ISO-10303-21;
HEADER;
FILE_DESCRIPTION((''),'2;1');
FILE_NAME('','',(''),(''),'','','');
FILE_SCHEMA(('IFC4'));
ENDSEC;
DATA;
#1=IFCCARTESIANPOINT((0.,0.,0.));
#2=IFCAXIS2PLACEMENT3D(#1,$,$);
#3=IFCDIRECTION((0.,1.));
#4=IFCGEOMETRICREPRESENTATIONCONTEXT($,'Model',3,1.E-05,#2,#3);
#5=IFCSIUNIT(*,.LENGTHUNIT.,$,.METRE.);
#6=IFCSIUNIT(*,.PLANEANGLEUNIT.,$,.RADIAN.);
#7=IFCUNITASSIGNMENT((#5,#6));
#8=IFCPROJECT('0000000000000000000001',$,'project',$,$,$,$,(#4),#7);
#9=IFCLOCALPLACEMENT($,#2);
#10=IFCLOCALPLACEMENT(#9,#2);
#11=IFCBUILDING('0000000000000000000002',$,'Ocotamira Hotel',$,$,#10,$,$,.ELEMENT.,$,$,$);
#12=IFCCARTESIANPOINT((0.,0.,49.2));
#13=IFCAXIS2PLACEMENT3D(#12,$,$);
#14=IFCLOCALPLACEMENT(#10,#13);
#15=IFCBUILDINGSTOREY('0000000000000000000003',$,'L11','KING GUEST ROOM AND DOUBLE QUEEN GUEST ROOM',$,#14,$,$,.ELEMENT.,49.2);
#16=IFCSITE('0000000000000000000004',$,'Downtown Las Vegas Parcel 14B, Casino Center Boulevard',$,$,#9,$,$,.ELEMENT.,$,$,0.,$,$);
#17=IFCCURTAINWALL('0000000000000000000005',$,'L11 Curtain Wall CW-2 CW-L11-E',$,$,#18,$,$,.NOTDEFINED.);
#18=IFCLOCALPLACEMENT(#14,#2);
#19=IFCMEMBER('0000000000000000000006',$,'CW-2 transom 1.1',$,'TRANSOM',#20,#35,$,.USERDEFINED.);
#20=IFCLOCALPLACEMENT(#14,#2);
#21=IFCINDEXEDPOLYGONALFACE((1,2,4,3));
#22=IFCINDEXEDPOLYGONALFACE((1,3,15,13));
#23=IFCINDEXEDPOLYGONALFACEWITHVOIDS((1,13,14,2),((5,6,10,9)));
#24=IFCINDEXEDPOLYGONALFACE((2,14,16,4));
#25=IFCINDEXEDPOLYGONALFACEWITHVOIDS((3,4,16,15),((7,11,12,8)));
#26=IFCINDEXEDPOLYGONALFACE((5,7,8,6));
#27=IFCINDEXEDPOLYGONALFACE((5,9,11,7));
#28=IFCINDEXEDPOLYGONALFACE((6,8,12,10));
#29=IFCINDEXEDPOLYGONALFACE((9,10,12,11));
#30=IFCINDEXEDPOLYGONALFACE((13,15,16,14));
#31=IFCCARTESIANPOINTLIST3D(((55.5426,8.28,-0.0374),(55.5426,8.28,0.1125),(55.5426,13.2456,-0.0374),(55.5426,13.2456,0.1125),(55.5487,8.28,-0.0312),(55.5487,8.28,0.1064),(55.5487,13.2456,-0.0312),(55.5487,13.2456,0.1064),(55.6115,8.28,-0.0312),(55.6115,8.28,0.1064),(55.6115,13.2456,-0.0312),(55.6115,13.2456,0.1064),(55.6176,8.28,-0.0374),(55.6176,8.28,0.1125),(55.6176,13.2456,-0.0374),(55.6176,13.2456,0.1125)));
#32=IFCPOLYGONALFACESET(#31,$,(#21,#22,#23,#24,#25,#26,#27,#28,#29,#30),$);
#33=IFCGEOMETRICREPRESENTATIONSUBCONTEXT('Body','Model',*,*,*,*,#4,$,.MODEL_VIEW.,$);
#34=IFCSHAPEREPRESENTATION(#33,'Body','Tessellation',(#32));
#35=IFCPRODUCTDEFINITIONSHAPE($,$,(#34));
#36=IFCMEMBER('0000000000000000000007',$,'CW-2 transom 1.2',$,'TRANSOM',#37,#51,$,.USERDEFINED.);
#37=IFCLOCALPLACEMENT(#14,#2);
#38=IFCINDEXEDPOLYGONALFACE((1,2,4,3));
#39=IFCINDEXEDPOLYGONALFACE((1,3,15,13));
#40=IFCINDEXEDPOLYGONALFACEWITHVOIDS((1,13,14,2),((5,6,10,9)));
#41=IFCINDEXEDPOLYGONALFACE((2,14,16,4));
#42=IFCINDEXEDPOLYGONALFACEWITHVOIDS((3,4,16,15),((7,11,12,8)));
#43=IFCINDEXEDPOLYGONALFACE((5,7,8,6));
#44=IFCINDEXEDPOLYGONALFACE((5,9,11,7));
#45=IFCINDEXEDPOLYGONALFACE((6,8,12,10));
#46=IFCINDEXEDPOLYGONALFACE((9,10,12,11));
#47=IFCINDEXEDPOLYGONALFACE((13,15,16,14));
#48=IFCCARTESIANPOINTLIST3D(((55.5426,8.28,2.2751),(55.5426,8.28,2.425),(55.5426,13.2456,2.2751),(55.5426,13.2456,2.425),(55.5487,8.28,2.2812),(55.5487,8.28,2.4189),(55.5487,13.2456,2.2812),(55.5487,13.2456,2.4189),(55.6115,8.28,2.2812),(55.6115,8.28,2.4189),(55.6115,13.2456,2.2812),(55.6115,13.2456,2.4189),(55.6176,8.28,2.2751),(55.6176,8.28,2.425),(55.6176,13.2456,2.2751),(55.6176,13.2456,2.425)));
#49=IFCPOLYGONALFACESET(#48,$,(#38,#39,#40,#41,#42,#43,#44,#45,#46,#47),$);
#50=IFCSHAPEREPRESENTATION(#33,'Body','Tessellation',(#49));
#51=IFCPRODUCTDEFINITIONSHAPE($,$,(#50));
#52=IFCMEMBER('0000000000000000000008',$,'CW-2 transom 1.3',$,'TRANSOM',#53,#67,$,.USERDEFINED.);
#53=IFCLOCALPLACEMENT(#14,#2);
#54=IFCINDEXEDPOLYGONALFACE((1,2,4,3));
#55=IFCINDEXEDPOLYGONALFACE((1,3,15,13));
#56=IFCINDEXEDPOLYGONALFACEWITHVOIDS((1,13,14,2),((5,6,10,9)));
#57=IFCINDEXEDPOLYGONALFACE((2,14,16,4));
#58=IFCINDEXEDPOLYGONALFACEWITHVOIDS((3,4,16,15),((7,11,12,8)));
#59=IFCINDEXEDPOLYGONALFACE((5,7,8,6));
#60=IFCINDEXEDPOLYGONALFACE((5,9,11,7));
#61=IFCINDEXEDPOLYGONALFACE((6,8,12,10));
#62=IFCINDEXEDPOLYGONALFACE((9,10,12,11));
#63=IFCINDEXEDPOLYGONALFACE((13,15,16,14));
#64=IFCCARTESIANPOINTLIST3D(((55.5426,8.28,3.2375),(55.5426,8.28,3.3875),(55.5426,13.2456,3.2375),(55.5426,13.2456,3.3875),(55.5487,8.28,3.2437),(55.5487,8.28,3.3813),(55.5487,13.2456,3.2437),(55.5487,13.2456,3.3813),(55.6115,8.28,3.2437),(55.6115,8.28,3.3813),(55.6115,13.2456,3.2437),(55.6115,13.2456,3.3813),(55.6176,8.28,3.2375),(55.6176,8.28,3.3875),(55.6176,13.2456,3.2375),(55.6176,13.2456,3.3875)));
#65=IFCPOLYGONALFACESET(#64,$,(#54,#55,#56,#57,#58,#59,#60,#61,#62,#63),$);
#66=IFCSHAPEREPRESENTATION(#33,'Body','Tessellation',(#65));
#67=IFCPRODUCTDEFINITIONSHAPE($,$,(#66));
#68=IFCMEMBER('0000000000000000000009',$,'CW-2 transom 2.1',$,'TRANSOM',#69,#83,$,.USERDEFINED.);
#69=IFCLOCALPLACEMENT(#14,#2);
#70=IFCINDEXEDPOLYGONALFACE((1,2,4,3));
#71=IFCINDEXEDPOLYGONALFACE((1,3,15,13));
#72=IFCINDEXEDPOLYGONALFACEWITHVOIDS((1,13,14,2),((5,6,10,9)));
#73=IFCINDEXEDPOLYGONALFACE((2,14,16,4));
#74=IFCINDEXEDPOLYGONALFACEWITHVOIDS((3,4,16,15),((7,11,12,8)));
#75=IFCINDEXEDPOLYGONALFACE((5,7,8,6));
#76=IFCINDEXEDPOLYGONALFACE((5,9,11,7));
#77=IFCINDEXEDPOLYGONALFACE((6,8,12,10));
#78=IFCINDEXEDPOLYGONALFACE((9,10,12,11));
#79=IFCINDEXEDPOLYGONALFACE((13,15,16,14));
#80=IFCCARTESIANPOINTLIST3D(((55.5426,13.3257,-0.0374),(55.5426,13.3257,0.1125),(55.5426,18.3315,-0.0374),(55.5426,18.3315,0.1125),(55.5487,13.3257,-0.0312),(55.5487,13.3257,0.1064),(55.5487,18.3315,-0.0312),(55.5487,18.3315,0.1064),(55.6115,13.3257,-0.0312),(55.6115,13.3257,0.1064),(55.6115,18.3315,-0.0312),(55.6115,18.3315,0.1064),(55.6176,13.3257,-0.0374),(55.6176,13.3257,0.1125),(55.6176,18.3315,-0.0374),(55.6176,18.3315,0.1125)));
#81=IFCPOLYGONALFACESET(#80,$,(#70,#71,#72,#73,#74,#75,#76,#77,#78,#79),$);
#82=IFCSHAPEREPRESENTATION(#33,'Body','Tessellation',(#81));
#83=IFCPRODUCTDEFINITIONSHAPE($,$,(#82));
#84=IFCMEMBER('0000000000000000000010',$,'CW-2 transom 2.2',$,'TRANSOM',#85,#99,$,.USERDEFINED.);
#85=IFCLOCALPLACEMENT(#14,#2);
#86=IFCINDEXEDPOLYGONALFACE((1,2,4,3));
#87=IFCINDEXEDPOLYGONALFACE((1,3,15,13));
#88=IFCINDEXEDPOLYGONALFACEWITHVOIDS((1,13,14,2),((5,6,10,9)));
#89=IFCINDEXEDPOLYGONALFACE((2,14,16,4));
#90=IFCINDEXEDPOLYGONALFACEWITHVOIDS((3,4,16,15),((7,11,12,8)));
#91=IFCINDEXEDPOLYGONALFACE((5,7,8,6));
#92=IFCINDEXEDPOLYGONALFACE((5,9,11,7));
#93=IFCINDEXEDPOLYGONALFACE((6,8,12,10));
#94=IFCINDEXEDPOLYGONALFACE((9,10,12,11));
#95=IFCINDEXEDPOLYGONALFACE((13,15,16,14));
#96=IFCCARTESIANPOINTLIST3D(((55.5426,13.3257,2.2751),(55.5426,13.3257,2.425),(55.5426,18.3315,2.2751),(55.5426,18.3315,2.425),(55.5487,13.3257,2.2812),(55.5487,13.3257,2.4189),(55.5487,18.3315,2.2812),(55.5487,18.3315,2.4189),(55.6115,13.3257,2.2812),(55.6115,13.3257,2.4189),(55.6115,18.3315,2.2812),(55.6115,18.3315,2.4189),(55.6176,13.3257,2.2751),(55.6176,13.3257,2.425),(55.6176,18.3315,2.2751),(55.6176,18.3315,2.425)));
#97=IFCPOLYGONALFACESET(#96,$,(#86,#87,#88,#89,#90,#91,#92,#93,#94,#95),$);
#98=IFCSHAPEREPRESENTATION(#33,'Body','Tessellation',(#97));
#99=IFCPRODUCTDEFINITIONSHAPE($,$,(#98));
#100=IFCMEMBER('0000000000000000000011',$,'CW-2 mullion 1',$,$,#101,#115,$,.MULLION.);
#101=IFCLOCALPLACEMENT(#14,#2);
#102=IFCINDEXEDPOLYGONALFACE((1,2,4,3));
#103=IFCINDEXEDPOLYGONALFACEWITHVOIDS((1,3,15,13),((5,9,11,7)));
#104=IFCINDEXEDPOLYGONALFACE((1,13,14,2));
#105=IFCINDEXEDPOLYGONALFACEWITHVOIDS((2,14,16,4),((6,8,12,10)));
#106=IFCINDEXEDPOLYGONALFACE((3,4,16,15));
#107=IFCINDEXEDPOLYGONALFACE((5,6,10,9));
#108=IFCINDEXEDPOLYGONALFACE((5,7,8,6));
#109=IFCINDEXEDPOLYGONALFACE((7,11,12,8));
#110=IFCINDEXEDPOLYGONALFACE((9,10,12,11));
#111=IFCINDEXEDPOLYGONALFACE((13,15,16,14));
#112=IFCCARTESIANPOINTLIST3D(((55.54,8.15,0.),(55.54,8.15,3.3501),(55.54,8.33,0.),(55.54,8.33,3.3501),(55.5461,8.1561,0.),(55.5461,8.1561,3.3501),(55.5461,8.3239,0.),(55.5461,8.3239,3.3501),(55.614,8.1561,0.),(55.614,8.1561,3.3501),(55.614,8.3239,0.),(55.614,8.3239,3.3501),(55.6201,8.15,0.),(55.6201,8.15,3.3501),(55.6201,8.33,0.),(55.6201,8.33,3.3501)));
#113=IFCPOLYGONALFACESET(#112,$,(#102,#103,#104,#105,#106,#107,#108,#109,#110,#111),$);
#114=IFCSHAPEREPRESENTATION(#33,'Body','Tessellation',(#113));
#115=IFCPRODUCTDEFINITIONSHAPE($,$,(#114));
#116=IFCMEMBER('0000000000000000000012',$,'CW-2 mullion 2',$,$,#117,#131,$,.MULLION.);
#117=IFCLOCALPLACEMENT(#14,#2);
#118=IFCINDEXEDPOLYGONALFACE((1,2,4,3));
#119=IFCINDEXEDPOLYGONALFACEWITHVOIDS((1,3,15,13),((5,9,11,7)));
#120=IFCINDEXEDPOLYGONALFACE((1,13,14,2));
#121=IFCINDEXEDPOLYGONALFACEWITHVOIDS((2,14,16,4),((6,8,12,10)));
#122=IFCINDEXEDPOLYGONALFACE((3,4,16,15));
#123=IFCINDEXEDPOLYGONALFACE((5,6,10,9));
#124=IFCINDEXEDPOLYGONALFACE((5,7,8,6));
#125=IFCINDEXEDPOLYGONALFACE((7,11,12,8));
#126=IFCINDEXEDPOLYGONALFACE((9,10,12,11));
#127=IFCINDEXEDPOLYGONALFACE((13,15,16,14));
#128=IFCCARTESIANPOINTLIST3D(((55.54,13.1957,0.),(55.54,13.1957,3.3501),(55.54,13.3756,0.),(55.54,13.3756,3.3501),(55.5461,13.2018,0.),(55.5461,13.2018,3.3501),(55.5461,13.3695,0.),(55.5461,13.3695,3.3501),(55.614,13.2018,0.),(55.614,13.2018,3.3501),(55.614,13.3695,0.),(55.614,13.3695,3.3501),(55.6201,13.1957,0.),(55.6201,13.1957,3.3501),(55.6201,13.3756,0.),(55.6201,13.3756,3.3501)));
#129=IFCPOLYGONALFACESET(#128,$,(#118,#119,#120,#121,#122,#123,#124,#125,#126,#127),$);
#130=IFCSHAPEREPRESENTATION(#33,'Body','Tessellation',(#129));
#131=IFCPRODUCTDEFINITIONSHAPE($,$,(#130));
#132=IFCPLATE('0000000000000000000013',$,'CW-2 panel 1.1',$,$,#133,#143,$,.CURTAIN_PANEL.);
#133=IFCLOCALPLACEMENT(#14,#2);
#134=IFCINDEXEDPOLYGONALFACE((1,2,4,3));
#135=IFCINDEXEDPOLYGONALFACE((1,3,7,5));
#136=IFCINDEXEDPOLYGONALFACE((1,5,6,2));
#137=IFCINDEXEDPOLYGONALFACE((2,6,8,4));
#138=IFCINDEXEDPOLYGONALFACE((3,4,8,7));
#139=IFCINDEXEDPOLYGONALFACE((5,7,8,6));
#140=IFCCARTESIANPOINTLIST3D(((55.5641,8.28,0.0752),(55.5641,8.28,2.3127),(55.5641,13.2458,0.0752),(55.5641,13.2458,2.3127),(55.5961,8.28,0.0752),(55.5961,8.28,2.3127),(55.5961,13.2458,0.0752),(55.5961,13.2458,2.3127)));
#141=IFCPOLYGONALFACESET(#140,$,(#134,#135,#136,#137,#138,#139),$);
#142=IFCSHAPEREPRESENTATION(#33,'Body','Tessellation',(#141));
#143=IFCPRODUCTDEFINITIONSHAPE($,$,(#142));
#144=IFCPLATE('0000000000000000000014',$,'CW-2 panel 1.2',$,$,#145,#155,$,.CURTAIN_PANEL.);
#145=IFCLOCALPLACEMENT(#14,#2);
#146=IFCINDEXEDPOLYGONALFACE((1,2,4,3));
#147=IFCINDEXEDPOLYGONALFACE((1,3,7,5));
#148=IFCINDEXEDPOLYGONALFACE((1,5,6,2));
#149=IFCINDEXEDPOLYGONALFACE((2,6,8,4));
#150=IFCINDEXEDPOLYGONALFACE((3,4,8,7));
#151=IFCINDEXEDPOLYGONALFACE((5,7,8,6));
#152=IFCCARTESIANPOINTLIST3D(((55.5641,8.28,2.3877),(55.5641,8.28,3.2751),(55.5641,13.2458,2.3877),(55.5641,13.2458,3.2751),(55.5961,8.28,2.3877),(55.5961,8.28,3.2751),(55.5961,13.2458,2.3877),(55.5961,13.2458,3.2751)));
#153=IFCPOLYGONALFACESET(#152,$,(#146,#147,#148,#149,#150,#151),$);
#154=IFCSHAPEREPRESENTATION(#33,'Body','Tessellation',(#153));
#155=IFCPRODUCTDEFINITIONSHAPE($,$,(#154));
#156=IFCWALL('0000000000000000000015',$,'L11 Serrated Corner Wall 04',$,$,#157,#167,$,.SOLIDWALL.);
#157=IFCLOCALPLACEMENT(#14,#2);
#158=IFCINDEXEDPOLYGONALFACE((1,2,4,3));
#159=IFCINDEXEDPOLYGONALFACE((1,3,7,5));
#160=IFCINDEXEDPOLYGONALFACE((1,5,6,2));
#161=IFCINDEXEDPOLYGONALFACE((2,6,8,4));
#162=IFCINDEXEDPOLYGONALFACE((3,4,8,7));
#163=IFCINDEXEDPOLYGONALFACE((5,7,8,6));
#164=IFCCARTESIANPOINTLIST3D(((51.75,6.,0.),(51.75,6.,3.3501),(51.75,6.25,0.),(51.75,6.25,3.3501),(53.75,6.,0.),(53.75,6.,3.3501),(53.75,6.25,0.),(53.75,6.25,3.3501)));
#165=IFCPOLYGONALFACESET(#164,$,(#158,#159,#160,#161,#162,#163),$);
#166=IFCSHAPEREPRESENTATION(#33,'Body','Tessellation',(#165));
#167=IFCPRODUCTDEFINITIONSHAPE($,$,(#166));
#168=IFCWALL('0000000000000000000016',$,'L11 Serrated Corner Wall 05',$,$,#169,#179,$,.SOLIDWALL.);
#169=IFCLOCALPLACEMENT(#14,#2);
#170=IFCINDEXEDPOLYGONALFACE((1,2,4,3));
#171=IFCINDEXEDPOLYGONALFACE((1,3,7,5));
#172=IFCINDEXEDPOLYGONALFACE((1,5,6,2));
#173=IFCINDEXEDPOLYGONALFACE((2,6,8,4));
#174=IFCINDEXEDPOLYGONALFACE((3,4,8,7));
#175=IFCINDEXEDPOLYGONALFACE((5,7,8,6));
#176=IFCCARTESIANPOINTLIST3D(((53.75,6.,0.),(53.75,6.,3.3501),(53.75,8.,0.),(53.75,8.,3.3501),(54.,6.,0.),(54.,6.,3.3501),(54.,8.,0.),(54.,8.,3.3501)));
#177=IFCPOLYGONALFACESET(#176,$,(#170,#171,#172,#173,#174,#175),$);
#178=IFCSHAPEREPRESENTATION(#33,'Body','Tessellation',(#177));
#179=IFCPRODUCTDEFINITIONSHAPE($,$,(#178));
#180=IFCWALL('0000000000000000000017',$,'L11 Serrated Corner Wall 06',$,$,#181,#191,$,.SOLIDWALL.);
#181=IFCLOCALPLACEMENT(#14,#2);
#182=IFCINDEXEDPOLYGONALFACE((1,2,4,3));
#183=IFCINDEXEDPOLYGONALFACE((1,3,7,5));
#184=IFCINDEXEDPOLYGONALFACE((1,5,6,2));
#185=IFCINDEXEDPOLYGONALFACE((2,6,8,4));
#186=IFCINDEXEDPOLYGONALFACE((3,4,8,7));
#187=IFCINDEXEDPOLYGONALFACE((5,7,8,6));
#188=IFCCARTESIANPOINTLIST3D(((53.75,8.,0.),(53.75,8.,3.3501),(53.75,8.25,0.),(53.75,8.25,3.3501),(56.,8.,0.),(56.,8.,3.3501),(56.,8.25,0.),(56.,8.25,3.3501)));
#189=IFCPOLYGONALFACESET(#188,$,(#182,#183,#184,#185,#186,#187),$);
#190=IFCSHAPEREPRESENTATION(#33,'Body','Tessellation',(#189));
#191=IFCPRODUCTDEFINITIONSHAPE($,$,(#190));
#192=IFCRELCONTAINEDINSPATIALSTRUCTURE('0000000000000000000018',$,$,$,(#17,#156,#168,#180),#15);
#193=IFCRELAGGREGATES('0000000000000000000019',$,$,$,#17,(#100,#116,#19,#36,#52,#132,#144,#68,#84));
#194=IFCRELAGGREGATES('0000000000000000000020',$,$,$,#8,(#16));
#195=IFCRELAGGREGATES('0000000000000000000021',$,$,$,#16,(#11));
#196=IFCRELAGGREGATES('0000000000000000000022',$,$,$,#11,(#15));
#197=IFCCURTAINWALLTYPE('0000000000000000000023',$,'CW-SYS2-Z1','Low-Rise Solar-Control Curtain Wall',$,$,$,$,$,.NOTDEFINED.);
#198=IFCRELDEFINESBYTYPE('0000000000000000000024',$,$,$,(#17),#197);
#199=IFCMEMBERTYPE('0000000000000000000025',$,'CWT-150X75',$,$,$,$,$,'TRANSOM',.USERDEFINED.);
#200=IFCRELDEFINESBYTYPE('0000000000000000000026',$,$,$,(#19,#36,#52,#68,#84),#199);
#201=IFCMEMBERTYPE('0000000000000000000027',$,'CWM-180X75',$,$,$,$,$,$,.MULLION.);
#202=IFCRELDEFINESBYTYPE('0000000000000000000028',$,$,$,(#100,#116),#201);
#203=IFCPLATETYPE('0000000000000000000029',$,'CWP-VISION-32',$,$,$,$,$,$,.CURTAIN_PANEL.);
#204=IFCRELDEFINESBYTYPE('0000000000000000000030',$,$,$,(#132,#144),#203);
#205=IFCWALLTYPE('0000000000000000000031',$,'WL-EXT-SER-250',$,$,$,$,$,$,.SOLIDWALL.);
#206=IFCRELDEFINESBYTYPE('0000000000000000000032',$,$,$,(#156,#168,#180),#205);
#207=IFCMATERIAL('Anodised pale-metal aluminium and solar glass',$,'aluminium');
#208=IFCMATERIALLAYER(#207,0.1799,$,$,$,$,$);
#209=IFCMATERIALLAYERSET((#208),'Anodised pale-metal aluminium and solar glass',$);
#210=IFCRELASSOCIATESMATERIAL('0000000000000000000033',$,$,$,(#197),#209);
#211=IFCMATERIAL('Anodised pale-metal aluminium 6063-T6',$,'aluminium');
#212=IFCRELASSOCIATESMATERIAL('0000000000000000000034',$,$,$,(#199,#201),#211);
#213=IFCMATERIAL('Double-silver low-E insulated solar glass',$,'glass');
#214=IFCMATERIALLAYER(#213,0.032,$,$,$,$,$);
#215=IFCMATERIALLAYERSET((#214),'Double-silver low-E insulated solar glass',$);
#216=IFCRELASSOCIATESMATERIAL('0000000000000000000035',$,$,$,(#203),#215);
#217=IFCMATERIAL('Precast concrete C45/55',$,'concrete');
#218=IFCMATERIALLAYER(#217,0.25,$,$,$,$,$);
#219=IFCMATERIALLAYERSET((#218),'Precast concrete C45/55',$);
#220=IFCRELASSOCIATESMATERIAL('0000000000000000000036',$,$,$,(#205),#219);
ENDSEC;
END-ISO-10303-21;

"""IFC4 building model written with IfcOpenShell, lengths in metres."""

from ifc_helpers import new_model, si_unit, direction, frame, frame_2d, origin, origin_2d, place, context, subcontext, project, spatial, rectangle, hollow_rectangle, extrude, source, transform, mapped, material, layer, layer_set, material_profile, profile_set, type_object, element, aggregate, save


model = new_model("IFC4")

# Units and contexts
model_context = context("Model", 3, precision=1e-05, world=origin(), true_north=direction((0.0, 1.0)))
body_context = subcontext(model_context, "Body", "Model", "MODEL_VIEW")
ifc_project = project(units=[si_unit("LENGTHUNIT", "METRE"), si_unit("PLANEANGLEUNIT", "RADIAN")], contexts=[model_context])

# Site, building, storey
site_placement = place(None, origin())
site = spatial("IfcSite", under=ifc_project, at=site_placement, Name="Downtown Las Vegas Parcel 14B, Casino Center Boulevard", CompositionType="ELEMENT", RefElevation=0.0)
building_placement = place(site_placement, origin())
building = spatial("IfcBuilding", under=site, at=building_placement, Name="Ocotamira Hotel", CompositionType="ELEMENT")
storey_placement = place(building_placement, frame((0.0, 0.0, 49.2)))
storey = spatial("IfcBuildingStorey", under=building, at=storey_placement, Name="L11", Description="KING GUEST ROOM AND DOUBLE QUEEN GUEST ROOM", CompositionType="ELEMENT", Elevation=49.2)

# Curtain wall, members, plates
ifc_material_1 = material(Name="Anodised pale-metal aluminium and solar glass", Category="aluminium")
ifc_layer_1 = layer(ifc_material_1, 0.1799)
ifc_layer_set_1 = layer_set([ifc_layer_1], Name="Anodised pale-metal aluminium and solar glass")
curtain_wall_type = type_object("IfcCurtainWallType", Name="CW-SYS2-Z1", Description="Low-Rise Solar-Control Curtain Wall", PredefinedType="NOTDEFINED", material=ifc_layer_set_1)
curtain_wall_placement = place(storey_placement, origin())
curtain_wall = element("IfcCurtainWall", 1, at=curtain_wall_placement, inside=storey, type_object=curtain_wall_type, Name="L11 Curtain Wall CW-2 CW-L11-E", PredefinedType="NOTDEFINED")
ifc_material_2 = material(Name="Anodised pale-metal aluminium 6063-T6", Category="aluminium")
ifc_material_profile_1 = material_profile(ifc_material_2, hollow_rectangle(XDim=0.075, YDim=0.1499, WallThickness=0.0061, at=origin_2d()), Name="HSS150X75X6")
ifc_profile_set_1 = profile_set([ifc_material_profile_1], Name="Anodised pale-metal aluminium 6063-T6")
member_type_1 = type_object("IfcMemberType", Name="CWT-150X75", ElementType="TRANSOM", PredefinedType="USERDEFINED", material=ifc_profile_set_1)
shared_shape_1 = source(origin(), body_context, "Body", "SweptSolid", [
    extrude(hollow_rectangle(XDim=0.075, YDim=0.1499, WallThickness=0.0061, at=origin_2d()), origin(), (0.0, 0.0, 1.0), 4.9656),
])
member_1_placement = place(storey_placement, frame((55.5801, 8.28, 0.0376), z_axis=(0.0, 1.0, 0.0), x_axis=(-1.0, 0.0, 0.0)))
member_1 = element("IfcMember", 2, at=member_1_placement, type_object=member_type_1, Name="CW-2 transom 1.1", ObjectType="TRANSOM", PredefinedType="USERDEFINED", context=body_context, shape_type="MappedRepresentation", body=[
    mapped(shared_shape_1, transform((0.0, 0.0, 0.0), scale=1.0)),
])
member_2_placement = place(storey_placement, frame((55.5801, 8.28, 2.3501), z_axis=(0.0, 1.0, 0.0), x_axis=(-1.0, 0.0, 0.0)))
member_2 = element("IfcMember", 3, at=member_2_placement, type_object=member_type_1, Name="CW-2 transom 1.2", ObjectType="TRANSOM", PredefinedType="USERDEFINED", context=body_context, shape_type="MappedRepresentation", body=[
    mapped(shared_shape_1, transform((0.0, 0.0, 0.0), scale=1.0)),
])
member_3_placement = place(storey_placement, frame((55.5801, 8.28, 3.3125), z_axis=(0.0, 1.0, 0.0), x_axis=(-1.0, 0.0, 0.0)))
member_3 = element("IfcMember", 4, at=member_3_placement, type_object=member_type_1, Name="CW-2 transom 1.3", ObjectType="TRANSOM", PredefinedType="USERDEFINED", context=body_context, shape_type="MappedRepresentation", body=[
    mapped(shared_shape_1, transform((0.0, 0.0, 0.0), scale=1.0)),
])
shared_shape_2 = source(origin(), body_context, "Body", "SweptSolid", [
    extrude(hollow_rectangle(XDim=0.075, YDim=0.1499, WallThickness=0.0061, at=origin_2d()), origin(), (0.0, 0.0, 1.0), 5.0059),
])
member_4_placement = place(storey_placement, frame((55.5801, 13.3257, 0.0376), z_axis=(0.0, 1.0, 0.0), x_axis=(-1.0, 0.0, 0.0)))
member_4 = element("IfcMember", 5, at=member_4_placement, type_object=member_type_1, Name="CW-2 transom 2.1", ObjectType="TRANSOM", PredefinedType="USERDEFINED", context=body_context, shape_type="MappedRepresentation", body=[
    mapped(shared_shape_2, transform((0.0, 0.0, 0.0), scale=1.0)),
])
member_5_placement = place(storey_placement, frame((55.5801, 13.3257, 2.3501), z_axis=(0.0, 1.0, 0.0), x_axis=(-1.0, 0.0, 0.0)))
member_5 = element("IfcMember", 6, at=member_5_placement, type_object=member_type_1, Name="CW-2 transom 2.2", ObjectType="TRANSOM", PredefinedType="USERDEFINED", context=body_context, shape_type="MappedRepresentation", body=[
    mapped(shared_shape_2, transform((0.0, 0.0, 0.0), scale=1.0)),
])
ifc_material_profile_2 = material_profile(ifc_material_2, hollow_rectangle(XDim=0.0801, YDim=0.1799, WallThickness=0.0061, at=origin_2d()), Name="HSS180X80X6")
ifc_profile_set_2 = profile_set([ifc_material_profile_2], Name="Anodised pale-metal aluminium 6063-T6")
member_type_2 = type_object("IfcMemberType", Name="CWM-180X75", PredefinedType="MULLION", material=ifc_profile_set_2)
shared_shape_3 = source(origin(), body_context, "Body", "SweptSolid", [
    extrude(hollow_rectangle(XDim=0.0801, YDim=0.1799, WallThickness=0.0061, at=origin_2d()), origin(), (0.0, 0.0, 1.0), 3.3501),
])
member_6_placement = place(storey_placement, frame((55.5801, 8.24, 0.0), z_axis=(0.0, 0.0, 1.0), x_axis=(-1.0, 0.0, 0.0)))
member_6 = element("IfcMember", 7, at=member_6_placement, type_object=member_type_2, Name="CW-2 mullion 1", PredefinedType="MULLION", context=body_context, shape_type="MappedRepresentation", body=[
    mapped(shared_shape_3, transform((0.0, 0.0, 0.0), scale=1.0)),
])
member_7_placement = place(storey_placement, frame((55.5801, 13.2856, 0.0), z_axis=(0.0, 0.0, 1.0), x_axis=(-1.0, 0.0, 0.0)))
member_7 = element("IfcMember", 8, at=member_7_placement, type_object=member_type_2, Name="CW-2 mullion 2", PredefinedType="MULLION", context=body_context, shape_type="MappedRepresentation", body=[
    mapped(shared_shape_3, transform((0.0, 0.0, 0.0), scale=1.0)),
])
ifc_material_3 = material(Name="Double-silver low-E insulated solar glass", Category="glass")
ifc_layer_2 = layer(ifc_material_3, 0.032)
ifc_layer_set_2 = layer_set([ifc_layer_2], Name="Double-silver low-E insulated solar glass")
plate_type = type_object("IfcPlateType", Name="CWP-VISION-32", PredefinedType="CURTAIN_PANEL", material=ifc_layer_set_2)
shared_shape_4 = source(origin(), body_context, "Body", "SweptSolid", [
    extrude(rectangle(XDim=4.9658, YDim=0.032, at=origin_2d()), origin(), (0.0, 0.0, 1.0), 2.2375),
])
plate_1_placement = place(storey_placement, frame((55.5801, 10.7629, 0.0752), z_axis=(0.0, 0.0, 1.0), x_axis=(0.0, 1.0, 0.0)))
plate_1 = element("IfcPlate", 9, at=plate_1_placement, type_object=plate_type, Name="CW-2 panel 1.1", PredefinedType="CURTAIN_PANEL", context=body_context, shape_type="MappedRepresentation", body=[
    mapped(shared_shape_4, transform((0.0, 0.0, 0.0), scale=1.0)),
])
shared_shape_5 = source(origin(), body_context, "Body", "SweptSolid", [
    extrude(rectangle(XDim=4.9658, YDim=0.032, at=origin_2d()), origin(), (0.0, 0.0, 1.0), 0.8875),
])
plate_2_placement = place(storey_placement, frame((55.5801, 10.7629, 2.3877), z_axis=(0.0, 0.0, 1.0), x_axis=(0.0, 1.0, 0.0)))
plate_2 = element("IfcPlate", 10, at=plate_2_placement, type_object=plate_type, Name="CW-2 panel 1.2", PredefinedType="CURTAIN_PANEL", context=body_context, shape_type="MappedRepresentation", body=[
    mapped(shared_shape_5, transform((0.0, 0.0, 0.0), scale=1.0)),
])
aggregate(curtain_wall, [member_6, member_7, member_1, member_2, member_3, plate_1, plate_2, member_4, member_5])

# Walls
ifc_material_4 = material(Name="Precast concrete C45/55", Category="concrete")
ifc_layer_3 = layer(ifc_material_4, 0.25)
ifc_layer_set_3 = layer_set([ifc_layer_3], Name="Precast concrete C45/55")
wall_type_1 = type_object("IfcWallType", Name="WL-EXT-SER-250", PredefinedType="SOLIDWALL", material=ifc_layer_set_3)
for number, where, z_axis, x_axis, name in (
    (11, (51.75, 6.125, 0.0), (0.0, 0.0, 1.0), (1.0, 0.0, 0.0), "L11 Serrated Corner Wall 04"),
    (12, (53.875, 6.0, 0.0), (0.0, 0.0, 1.0), (0.0, 1.0, 0.0), "L11 Serrated Corner Wall 05"),
):
    element("IfcWall", number, at=place(storey_placement, frame(where, z_axis=z_axis, x_axis=x_axis)), inside=storey, type_object=wall_type_1, Name=name, PredefinedType="SOLIDWALL", context=body_context, shape_type="SweptSolid", body=[
        extrude(rectangle(XDim=2.0, YDim=0.25, at=frame_2d((1.0, 0.0))), origin(), (0.0, 0.0, 1.0), 3.3501),
    ])
wall_1_placement = place(storey_placement, frame((53.75, 8.125, 0.0), z_axis=(0.0, 0.0, 1.0), x_axis=(1.0, 0.0, 0.0)))
element("IfcWall", 13, at=wall_1_placement, inside=storey, type_object=wall_type_1, Name="L11 Serrated Corner Wall 06", PredefinedType="SOLIDWALL", context=body_context, shape_type="SweptSolid", body=[
    extrude(rectangle(XDim=2.25, YDim=0.25, at=frame_2d((1.125, 0.0))), origin(), (0.0, 0.0, 1.0), 3.3501),
])

save(model, "model.ifc")
